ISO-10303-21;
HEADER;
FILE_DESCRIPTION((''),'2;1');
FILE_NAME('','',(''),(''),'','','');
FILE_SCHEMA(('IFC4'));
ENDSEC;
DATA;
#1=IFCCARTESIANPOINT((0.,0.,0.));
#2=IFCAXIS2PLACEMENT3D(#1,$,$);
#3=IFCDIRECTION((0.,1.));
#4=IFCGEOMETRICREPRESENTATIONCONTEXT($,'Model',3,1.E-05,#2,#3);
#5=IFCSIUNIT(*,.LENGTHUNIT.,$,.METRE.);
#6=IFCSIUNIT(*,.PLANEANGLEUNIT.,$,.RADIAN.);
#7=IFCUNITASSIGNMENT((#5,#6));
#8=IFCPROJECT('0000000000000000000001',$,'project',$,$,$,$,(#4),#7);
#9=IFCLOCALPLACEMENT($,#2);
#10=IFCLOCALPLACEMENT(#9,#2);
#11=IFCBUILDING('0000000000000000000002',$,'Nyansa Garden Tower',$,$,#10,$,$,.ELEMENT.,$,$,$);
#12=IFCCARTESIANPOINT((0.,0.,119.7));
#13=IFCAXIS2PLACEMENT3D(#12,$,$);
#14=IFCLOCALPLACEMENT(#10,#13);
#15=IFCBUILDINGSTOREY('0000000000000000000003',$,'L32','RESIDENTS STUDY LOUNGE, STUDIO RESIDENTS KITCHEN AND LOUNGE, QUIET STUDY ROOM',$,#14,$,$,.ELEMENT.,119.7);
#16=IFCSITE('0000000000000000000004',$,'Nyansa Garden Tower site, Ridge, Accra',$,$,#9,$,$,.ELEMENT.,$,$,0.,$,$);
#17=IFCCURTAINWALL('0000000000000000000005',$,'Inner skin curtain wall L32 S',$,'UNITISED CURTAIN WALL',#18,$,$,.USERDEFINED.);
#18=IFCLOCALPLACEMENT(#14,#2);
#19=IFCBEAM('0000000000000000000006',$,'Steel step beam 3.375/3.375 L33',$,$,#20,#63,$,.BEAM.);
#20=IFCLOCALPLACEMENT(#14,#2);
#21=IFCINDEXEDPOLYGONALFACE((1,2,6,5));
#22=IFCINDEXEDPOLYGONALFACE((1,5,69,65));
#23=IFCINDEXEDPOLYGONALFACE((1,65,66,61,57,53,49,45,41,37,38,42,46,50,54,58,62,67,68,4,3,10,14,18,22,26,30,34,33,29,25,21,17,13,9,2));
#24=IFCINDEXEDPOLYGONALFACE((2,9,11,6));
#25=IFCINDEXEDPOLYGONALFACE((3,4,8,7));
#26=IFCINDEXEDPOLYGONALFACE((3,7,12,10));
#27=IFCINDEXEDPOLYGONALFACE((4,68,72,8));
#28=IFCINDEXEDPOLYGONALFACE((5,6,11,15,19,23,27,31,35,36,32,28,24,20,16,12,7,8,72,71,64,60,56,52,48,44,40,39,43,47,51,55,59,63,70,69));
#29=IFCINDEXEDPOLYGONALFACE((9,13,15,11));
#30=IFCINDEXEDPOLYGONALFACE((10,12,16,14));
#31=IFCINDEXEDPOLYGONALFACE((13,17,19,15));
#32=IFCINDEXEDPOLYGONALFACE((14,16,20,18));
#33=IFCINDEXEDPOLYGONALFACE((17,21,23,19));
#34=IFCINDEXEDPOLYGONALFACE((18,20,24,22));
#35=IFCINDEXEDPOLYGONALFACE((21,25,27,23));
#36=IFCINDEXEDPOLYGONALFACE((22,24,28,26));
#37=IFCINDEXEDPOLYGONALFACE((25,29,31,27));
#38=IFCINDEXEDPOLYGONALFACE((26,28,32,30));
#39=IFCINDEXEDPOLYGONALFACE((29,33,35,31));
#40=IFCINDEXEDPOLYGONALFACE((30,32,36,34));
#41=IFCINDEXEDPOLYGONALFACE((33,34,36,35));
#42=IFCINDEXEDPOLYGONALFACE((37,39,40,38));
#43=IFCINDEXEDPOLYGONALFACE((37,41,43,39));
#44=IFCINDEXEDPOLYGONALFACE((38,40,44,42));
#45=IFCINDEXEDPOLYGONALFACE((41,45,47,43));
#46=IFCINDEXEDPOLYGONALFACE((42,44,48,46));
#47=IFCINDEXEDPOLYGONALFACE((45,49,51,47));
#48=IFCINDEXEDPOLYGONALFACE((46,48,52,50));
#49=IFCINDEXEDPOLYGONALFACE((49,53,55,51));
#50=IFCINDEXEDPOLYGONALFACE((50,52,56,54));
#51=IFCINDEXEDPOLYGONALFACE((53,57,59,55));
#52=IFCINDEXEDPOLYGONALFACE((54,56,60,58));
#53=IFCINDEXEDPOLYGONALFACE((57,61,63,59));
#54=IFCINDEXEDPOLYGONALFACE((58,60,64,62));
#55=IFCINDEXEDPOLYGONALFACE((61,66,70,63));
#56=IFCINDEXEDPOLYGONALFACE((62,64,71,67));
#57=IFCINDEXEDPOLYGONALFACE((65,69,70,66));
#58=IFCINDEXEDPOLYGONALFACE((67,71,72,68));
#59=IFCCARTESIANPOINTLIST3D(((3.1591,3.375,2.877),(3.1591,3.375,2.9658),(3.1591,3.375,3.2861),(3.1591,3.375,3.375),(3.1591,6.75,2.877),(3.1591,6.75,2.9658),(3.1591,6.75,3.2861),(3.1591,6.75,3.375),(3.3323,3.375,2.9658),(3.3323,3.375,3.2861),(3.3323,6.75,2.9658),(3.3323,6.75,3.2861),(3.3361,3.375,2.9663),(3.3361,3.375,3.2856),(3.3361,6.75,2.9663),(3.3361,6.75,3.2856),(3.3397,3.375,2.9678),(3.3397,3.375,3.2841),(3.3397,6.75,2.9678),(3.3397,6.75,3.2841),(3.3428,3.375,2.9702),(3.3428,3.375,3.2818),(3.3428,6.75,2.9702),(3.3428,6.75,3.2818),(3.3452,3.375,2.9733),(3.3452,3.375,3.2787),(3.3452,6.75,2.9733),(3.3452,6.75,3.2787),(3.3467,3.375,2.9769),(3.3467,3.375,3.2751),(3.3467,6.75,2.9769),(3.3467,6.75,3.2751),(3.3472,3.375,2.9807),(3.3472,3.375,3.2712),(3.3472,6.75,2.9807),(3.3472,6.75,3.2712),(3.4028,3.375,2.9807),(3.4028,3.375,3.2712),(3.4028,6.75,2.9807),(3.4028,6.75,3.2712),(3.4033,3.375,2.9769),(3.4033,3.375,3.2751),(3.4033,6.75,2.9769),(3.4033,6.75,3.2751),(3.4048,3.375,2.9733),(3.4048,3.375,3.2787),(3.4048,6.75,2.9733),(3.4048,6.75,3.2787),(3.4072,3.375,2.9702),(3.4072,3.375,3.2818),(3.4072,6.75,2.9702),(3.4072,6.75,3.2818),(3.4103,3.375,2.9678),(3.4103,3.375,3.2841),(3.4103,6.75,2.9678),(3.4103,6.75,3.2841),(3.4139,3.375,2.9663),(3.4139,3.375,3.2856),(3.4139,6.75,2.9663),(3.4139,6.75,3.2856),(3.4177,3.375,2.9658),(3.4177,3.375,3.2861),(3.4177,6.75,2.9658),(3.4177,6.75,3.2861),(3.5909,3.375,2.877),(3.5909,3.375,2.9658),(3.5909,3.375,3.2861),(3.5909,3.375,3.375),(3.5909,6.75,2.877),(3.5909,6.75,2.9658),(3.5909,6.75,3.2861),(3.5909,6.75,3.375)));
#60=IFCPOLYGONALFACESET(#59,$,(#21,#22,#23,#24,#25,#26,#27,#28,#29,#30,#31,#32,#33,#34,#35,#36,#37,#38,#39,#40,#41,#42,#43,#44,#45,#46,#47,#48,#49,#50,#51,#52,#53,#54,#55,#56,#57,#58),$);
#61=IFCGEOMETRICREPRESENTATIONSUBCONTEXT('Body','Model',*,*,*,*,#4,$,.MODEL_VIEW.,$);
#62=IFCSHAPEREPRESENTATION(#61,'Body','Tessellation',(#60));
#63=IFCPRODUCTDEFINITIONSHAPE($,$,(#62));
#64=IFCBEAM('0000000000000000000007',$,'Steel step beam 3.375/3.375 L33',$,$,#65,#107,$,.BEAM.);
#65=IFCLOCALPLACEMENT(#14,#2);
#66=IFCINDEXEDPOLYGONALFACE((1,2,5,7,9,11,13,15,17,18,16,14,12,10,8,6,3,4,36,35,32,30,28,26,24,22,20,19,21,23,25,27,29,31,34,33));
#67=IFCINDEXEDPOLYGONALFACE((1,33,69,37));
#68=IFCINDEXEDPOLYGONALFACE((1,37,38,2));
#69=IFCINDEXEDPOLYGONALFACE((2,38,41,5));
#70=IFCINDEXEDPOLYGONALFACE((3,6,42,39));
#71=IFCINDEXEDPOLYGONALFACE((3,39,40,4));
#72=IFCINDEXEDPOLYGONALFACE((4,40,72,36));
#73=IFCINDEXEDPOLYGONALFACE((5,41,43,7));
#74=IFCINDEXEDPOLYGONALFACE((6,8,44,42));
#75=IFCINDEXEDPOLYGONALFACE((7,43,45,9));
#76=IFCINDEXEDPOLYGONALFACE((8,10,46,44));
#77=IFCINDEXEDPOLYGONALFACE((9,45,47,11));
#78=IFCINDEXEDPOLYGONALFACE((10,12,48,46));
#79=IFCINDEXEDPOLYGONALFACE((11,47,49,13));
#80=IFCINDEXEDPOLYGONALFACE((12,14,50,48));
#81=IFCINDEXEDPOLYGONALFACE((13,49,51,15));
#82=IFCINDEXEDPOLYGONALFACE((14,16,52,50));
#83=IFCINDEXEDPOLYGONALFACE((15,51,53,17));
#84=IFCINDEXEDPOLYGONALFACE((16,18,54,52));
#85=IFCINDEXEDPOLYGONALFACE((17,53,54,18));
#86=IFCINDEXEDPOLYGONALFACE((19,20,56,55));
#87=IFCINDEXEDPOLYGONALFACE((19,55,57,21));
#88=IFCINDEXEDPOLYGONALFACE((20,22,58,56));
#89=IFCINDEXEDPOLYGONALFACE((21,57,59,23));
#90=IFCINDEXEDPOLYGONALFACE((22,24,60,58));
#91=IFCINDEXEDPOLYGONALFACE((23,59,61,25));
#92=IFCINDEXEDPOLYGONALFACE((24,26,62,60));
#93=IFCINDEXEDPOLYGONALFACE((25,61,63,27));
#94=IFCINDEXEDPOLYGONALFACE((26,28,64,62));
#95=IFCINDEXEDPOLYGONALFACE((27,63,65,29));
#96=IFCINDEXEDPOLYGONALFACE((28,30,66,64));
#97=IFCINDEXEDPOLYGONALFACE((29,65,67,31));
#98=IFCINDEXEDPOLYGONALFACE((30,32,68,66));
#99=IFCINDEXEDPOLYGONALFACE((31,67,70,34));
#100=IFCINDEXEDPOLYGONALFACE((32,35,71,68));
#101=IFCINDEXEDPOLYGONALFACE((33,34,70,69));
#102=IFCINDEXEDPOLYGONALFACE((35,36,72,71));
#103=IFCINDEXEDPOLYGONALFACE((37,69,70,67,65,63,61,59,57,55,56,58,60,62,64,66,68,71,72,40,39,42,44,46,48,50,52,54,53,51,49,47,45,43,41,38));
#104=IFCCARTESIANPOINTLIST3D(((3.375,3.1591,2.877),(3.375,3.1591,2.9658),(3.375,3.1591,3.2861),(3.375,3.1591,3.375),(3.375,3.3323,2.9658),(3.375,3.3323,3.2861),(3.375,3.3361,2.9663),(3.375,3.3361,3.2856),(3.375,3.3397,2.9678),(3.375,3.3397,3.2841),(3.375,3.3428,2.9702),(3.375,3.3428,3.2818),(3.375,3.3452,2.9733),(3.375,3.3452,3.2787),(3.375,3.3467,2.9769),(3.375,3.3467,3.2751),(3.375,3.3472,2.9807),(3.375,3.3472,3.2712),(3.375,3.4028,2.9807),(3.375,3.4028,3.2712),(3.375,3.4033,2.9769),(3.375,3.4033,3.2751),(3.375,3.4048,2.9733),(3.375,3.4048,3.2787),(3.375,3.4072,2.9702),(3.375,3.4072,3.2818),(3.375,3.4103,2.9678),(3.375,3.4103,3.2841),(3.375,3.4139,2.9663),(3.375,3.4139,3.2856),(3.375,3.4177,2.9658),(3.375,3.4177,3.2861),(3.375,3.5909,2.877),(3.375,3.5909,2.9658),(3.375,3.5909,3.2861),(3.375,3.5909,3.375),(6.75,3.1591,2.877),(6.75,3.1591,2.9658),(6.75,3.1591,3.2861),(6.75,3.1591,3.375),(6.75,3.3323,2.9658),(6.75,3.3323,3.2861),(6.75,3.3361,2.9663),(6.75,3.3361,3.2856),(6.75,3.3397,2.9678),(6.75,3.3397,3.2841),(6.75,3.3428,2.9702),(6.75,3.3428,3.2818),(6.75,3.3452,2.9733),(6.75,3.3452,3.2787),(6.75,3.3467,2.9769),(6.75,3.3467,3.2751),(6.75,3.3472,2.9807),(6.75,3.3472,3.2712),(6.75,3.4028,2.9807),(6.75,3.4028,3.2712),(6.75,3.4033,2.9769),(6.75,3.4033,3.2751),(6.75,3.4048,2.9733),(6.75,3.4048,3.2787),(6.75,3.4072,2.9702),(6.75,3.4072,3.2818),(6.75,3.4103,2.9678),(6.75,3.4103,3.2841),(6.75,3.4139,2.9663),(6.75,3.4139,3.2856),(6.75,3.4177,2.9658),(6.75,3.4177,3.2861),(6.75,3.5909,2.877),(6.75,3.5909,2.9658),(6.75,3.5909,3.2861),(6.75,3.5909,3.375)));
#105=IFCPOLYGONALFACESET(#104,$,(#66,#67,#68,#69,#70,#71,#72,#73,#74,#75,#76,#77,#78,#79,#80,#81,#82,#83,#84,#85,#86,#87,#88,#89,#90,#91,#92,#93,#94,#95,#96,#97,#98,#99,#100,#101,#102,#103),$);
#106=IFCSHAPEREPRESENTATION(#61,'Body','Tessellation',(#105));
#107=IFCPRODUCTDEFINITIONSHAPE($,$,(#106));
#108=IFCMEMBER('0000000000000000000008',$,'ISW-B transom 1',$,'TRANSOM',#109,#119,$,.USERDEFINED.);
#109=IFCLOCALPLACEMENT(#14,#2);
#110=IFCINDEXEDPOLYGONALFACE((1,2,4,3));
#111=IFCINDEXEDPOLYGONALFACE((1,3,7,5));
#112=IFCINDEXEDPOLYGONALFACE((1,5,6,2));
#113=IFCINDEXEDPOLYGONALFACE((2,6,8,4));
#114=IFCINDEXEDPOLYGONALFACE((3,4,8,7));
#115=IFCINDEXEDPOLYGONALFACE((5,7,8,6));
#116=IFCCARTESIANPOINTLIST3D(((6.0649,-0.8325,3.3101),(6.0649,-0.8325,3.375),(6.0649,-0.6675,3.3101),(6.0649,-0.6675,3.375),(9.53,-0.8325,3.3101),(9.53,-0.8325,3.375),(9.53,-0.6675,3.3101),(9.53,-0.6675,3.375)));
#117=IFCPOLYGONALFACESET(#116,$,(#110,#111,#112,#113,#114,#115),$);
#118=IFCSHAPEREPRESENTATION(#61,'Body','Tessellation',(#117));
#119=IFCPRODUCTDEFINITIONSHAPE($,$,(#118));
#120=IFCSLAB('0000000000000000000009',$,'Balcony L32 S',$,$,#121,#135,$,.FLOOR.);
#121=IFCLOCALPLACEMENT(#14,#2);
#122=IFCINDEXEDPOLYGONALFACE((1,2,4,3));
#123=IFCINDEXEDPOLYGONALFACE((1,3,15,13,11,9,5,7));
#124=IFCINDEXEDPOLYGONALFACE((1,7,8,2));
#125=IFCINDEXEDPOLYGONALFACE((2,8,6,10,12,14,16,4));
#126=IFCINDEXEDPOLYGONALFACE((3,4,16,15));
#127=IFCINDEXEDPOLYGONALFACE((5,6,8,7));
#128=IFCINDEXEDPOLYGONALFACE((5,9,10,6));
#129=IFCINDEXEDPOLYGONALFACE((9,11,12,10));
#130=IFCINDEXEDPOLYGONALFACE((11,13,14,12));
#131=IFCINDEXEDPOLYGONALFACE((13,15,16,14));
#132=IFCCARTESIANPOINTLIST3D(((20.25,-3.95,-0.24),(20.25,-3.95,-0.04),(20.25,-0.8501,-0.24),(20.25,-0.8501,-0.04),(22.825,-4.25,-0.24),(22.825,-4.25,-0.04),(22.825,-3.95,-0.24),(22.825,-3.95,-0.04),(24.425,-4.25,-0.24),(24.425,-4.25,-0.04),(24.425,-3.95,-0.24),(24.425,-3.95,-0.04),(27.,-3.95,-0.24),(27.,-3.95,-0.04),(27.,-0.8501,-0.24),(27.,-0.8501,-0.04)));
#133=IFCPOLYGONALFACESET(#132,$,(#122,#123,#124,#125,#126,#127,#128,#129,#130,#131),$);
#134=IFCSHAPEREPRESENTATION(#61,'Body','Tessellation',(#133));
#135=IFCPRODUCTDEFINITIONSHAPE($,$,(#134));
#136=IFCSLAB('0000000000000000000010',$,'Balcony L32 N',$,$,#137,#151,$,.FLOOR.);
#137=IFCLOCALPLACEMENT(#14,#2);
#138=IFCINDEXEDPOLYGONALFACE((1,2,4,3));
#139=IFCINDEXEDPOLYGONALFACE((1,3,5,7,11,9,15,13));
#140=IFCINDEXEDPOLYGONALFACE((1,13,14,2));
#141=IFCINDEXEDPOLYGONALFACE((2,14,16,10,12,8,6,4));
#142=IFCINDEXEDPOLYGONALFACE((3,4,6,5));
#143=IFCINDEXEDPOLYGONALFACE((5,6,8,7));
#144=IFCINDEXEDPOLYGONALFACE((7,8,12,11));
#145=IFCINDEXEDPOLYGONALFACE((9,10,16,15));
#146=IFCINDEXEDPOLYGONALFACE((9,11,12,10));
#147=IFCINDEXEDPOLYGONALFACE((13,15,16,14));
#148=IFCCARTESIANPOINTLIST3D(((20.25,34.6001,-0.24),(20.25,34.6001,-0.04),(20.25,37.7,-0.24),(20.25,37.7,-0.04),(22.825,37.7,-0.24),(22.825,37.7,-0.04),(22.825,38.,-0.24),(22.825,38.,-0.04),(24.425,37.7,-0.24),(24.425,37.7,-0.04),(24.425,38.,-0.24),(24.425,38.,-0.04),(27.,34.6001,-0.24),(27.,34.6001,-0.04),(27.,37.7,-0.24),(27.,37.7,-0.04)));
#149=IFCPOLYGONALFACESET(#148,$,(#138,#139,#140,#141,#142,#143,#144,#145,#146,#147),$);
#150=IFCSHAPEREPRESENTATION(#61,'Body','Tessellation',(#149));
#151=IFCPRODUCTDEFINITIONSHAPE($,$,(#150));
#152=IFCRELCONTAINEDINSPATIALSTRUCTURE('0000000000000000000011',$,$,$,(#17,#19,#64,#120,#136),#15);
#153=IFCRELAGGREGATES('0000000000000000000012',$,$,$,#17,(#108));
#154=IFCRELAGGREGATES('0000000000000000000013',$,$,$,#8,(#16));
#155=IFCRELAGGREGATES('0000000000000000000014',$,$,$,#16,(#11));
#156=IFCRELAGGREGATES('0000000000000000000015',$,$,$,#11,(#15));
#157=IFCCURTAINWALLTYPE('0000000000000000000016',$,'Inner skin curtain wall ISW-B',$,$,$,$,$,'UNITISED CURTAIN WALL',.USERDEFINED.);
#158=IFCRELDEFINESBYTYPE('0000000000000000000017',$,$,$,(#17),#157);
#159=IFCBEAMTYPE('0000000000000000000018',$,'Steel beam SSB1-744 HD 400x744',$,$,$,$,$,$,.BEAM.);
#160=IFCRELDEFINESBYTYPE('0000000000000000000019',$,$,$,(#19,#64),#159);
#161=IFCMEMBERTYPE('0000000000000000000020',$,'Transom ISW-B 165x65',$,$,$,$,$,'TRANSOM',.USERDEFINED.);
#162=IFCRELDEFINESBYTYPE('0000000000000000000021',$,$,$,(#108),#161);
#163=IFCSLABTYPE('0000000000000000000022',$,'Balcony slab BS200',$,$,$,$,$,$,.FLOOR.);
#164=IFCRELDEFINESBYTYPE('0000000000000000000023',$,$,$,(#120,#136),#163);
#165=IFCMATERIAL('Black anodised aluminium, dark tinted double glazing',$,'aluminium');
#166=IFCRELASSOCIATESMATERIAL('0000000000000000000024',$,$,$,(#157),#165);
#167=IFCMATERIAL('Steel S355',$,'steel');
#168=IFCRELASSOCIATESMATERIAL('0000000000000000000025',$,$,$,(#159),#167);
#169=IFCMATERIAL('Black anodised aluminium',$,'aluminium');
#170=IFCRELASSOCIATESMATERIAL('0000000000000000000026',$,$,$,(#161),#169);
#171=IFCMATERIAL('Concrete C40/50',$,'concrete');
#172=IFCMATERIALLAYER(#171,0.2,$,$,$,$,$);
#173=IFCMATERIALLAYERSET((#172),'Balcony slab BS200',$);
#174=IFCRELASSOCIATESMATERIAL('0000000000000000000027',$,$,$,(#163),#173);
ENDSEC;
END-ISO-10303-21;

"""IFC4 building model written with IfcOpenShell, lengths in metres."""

from ifc_helpers import new_model, si_unit, direction, frame, origin, origin_2d, place, context, subcontext, project, spatial, polyline, rectangle, i_section, outline, extrude, material, layer, layer_set, material_profile, profile_set, type_object, element, aggregate, save


model = new_model("IFC4")

# Units and contexts
model_context = context("Model", 3, precision=1e-05, world=origin(), true_north=direction((0.0, 1.0)))
body_context = subcontext(model_context, "Body", "Model", "MODEL_VIEW")
ifc_project = project(units=[si_unit("LENGTHUNIT", "METRE"), si_unit("PLANEANGLEUNIT", "RADIAN")], contexts=[model_context])

# Site, building, storey
site_placement = place(None, origin())
site = spatial("IfcSite", under=ifc_project, at=site_placement, Name="Nyansa Garden Tower site, Ridge, Accra", CompositionType="ELEMENT", RefElevation=0.0)
building_placement = place(site_placement, origin())
building = spatial("IfcBuilding", under=site, at=building_placement, Name="Nyansa Garden Tower", CompositionType="ELEMENT")
storey_placement = place(building_placement, frame((0.0, 0.0, 119.7)))
storey = spatial("IfcBuildingStorey", under=building, at=storey_placement, Name="L32", Description="RESIDENTS STUDY LOUNGE, STUDIO RESIDENTS KITCHEN AND LOUNGE, QUIET STUDY ROOM", CompositionType="ELEMENT", Elevation=119.7)

# Curtain wall
ifc_material_1 = material(Name="Black anodised aluminium, dark tinted double glazing", Category="aluminium")
curtain_wall_type = type_object("IfcCurtainWallType", Name="Inner skin curtain wall ISW-B", ElementType="UNITISED CURTAIN WALL", PredefinedType="USERDEFINED", material=ifc_material_1)
curtain_wall_1_placement = place(storey_placement, origin())
curtain_wall_1 = element("IfcCurtainWall", 1, at=curtain_wall_1_placement, inside=storey, type_object=curtain_wall_type, Name="Inner skin curtain wall L32 S", ObjectType="UNITISED CURTAIN WALL", PredefinedType="USERDEFINED")

# Beams
ifc_material_2 = material(Name="Steel S355", Category="steel")
ifc_material_profile_1 = material_profile(ifc_material_2, i_section(OverallWidth=0.4319, OverallDepth=0.498, WebThickness=0.0557, FlangeThickness=0.0889, FilletRadius=0.0149, at=origin_2d()), Name="HD 400x744")
ifc_profile_set_1 = profile_set([ifc_material_profile_1], Name="Steel S355")
beam_type_1 = type_object("IfcBeamType", Name="Steel beam SSB1-744 HD 400x744", PredefinedType="BEAM", material=ifc_profile_set_1)
for number, where, z_axis, x_axis, name in (
    (2, (3.375, 3.375, 3.126), (0.0, 1.0, 0.0), (-1.0, 0.0, 0.0), "Steel step beam 3.375/3.375 L33"),
    (3, (3.375, 3.375, 3.126), (1.0, 0.0, 0.0), (0.0, 1.0, 0.0), "Steel step beam 3.375/3.375 L33"),
):
    element("IfcBeam", number, at=place(storey_placement, frame(where, z_axis=z_axis, x_axis=x_axis)), inside=storey, type_object=beam_type_1, Name=name, PredefinedType="BEAM", context=body_context, shape_type="SweptSolid", body=[
        extrude(i_section(OverallWidth=0.4319, OverallDepth=0.498, WebThickness=0.0557, FlangeThickness=0.0889, FilletRadius=0.0149, at=origin_2d()), origin(), (0.0, 0.0, 1.0), 3.375),
    ])

# Member
ifc_material_3 = material(Name="Black anodised aluminium", Category="aluminium")
ifc_material_profile_2 = material_profile(ifc_material_3, rectangle(XDim=0.165, YDim=0.0649, at=origin_2d()), Name="Transom 165x65")
ifc_profile_set_2 = profile_set([ifc_material_profile_2], Name="Black anodised aluminium")
member_type_1 = type_object("IfcMemberType", Name="Transom ISW-B 165x65", ElementType="TRANSOM", PredefinedType="USERDEFINED", material=ifc_profile_set_2)
member_1_placement = place(storey_placement, frame((6.0649, -0.75, 3.3425), z_axis=(1.0, 0.0, 0.0), x_axis=(0.0, 1.0, 0.0)))
member_1 = element("IfcMember", 4, at=member_1_placement, type_object=member_type_1, Name="ISW-B transom 1", ObjectType="TRANSOM", PredefinedType="USERDEFINED", context=body_context, shape_type="SweptSolid", body=[
    extrude(rectangle(XDim=0.165, YDim=0.0649, at=origin_2d()), origin(), (0.0, 0.0, 1.0), 3.4651),
])
aggregate(curtain_wall_1, [member_1])

# Slabs
ifc_material_4 = material(Name="Concrete C40/50", Category="concrete")
ifc_layer_1 = layer(ifc_material_4, 0.2)
ifc_layer_set_1 = layer_set([ifc_layer_1], Name="Balcony slab BS200")
slab_type_1 = type_object("IfcSlabType", Name="Balcony slab BS200", PredefinedType="FLOOR", material=ifc_layer_set_1)
slab_1_placement = place(storey_placement, frame((0.0, 0.0, -0.24)))
element("IfcSlab", 5, at=slab_1_placement, inside=storey, type_object=slab_type_1, Name="Balcony L32 S", PredefinedType="FLOOR", context=body_context, shape_type="SweptSolid", body=[
    extrude(outline(polyline([(20.25, -0.8501), (27.0, -0.8501), (27.0, -3.95), (24.425, -3.95), (24.425, -4.25), (22.825, -4.25), (22.825, -3.95), (20.25, -3.95), (20.25, -0.8501)])), origin(), (0.0, 0.0, 1.0), 0.2),
])
slab_2_placement = place(storey_placement, frame((0.0, 0.0, -0.24)))
element("IfcSlab", 6, at=slab_2_placement, inside=storey, type_object=slab_type_1, Name="Balcony L32 N", PredefinedType="FLOOR", context=body_context, shape_type="SweptSolid", body=[
    extrude(outline(polyline([(20.25, 34.6001), (27.0, 34.6001), (27.0, 37.7), (24.425, 37.7), (24.425, 38.0), (22.825, 38.0), (22.825, 37.7), (20.25, 37.7), (20.25, 34.6001)])), origin(), (0.0, 0.0, 1.0), 0.2),
])

save(model, "model.ifc")
